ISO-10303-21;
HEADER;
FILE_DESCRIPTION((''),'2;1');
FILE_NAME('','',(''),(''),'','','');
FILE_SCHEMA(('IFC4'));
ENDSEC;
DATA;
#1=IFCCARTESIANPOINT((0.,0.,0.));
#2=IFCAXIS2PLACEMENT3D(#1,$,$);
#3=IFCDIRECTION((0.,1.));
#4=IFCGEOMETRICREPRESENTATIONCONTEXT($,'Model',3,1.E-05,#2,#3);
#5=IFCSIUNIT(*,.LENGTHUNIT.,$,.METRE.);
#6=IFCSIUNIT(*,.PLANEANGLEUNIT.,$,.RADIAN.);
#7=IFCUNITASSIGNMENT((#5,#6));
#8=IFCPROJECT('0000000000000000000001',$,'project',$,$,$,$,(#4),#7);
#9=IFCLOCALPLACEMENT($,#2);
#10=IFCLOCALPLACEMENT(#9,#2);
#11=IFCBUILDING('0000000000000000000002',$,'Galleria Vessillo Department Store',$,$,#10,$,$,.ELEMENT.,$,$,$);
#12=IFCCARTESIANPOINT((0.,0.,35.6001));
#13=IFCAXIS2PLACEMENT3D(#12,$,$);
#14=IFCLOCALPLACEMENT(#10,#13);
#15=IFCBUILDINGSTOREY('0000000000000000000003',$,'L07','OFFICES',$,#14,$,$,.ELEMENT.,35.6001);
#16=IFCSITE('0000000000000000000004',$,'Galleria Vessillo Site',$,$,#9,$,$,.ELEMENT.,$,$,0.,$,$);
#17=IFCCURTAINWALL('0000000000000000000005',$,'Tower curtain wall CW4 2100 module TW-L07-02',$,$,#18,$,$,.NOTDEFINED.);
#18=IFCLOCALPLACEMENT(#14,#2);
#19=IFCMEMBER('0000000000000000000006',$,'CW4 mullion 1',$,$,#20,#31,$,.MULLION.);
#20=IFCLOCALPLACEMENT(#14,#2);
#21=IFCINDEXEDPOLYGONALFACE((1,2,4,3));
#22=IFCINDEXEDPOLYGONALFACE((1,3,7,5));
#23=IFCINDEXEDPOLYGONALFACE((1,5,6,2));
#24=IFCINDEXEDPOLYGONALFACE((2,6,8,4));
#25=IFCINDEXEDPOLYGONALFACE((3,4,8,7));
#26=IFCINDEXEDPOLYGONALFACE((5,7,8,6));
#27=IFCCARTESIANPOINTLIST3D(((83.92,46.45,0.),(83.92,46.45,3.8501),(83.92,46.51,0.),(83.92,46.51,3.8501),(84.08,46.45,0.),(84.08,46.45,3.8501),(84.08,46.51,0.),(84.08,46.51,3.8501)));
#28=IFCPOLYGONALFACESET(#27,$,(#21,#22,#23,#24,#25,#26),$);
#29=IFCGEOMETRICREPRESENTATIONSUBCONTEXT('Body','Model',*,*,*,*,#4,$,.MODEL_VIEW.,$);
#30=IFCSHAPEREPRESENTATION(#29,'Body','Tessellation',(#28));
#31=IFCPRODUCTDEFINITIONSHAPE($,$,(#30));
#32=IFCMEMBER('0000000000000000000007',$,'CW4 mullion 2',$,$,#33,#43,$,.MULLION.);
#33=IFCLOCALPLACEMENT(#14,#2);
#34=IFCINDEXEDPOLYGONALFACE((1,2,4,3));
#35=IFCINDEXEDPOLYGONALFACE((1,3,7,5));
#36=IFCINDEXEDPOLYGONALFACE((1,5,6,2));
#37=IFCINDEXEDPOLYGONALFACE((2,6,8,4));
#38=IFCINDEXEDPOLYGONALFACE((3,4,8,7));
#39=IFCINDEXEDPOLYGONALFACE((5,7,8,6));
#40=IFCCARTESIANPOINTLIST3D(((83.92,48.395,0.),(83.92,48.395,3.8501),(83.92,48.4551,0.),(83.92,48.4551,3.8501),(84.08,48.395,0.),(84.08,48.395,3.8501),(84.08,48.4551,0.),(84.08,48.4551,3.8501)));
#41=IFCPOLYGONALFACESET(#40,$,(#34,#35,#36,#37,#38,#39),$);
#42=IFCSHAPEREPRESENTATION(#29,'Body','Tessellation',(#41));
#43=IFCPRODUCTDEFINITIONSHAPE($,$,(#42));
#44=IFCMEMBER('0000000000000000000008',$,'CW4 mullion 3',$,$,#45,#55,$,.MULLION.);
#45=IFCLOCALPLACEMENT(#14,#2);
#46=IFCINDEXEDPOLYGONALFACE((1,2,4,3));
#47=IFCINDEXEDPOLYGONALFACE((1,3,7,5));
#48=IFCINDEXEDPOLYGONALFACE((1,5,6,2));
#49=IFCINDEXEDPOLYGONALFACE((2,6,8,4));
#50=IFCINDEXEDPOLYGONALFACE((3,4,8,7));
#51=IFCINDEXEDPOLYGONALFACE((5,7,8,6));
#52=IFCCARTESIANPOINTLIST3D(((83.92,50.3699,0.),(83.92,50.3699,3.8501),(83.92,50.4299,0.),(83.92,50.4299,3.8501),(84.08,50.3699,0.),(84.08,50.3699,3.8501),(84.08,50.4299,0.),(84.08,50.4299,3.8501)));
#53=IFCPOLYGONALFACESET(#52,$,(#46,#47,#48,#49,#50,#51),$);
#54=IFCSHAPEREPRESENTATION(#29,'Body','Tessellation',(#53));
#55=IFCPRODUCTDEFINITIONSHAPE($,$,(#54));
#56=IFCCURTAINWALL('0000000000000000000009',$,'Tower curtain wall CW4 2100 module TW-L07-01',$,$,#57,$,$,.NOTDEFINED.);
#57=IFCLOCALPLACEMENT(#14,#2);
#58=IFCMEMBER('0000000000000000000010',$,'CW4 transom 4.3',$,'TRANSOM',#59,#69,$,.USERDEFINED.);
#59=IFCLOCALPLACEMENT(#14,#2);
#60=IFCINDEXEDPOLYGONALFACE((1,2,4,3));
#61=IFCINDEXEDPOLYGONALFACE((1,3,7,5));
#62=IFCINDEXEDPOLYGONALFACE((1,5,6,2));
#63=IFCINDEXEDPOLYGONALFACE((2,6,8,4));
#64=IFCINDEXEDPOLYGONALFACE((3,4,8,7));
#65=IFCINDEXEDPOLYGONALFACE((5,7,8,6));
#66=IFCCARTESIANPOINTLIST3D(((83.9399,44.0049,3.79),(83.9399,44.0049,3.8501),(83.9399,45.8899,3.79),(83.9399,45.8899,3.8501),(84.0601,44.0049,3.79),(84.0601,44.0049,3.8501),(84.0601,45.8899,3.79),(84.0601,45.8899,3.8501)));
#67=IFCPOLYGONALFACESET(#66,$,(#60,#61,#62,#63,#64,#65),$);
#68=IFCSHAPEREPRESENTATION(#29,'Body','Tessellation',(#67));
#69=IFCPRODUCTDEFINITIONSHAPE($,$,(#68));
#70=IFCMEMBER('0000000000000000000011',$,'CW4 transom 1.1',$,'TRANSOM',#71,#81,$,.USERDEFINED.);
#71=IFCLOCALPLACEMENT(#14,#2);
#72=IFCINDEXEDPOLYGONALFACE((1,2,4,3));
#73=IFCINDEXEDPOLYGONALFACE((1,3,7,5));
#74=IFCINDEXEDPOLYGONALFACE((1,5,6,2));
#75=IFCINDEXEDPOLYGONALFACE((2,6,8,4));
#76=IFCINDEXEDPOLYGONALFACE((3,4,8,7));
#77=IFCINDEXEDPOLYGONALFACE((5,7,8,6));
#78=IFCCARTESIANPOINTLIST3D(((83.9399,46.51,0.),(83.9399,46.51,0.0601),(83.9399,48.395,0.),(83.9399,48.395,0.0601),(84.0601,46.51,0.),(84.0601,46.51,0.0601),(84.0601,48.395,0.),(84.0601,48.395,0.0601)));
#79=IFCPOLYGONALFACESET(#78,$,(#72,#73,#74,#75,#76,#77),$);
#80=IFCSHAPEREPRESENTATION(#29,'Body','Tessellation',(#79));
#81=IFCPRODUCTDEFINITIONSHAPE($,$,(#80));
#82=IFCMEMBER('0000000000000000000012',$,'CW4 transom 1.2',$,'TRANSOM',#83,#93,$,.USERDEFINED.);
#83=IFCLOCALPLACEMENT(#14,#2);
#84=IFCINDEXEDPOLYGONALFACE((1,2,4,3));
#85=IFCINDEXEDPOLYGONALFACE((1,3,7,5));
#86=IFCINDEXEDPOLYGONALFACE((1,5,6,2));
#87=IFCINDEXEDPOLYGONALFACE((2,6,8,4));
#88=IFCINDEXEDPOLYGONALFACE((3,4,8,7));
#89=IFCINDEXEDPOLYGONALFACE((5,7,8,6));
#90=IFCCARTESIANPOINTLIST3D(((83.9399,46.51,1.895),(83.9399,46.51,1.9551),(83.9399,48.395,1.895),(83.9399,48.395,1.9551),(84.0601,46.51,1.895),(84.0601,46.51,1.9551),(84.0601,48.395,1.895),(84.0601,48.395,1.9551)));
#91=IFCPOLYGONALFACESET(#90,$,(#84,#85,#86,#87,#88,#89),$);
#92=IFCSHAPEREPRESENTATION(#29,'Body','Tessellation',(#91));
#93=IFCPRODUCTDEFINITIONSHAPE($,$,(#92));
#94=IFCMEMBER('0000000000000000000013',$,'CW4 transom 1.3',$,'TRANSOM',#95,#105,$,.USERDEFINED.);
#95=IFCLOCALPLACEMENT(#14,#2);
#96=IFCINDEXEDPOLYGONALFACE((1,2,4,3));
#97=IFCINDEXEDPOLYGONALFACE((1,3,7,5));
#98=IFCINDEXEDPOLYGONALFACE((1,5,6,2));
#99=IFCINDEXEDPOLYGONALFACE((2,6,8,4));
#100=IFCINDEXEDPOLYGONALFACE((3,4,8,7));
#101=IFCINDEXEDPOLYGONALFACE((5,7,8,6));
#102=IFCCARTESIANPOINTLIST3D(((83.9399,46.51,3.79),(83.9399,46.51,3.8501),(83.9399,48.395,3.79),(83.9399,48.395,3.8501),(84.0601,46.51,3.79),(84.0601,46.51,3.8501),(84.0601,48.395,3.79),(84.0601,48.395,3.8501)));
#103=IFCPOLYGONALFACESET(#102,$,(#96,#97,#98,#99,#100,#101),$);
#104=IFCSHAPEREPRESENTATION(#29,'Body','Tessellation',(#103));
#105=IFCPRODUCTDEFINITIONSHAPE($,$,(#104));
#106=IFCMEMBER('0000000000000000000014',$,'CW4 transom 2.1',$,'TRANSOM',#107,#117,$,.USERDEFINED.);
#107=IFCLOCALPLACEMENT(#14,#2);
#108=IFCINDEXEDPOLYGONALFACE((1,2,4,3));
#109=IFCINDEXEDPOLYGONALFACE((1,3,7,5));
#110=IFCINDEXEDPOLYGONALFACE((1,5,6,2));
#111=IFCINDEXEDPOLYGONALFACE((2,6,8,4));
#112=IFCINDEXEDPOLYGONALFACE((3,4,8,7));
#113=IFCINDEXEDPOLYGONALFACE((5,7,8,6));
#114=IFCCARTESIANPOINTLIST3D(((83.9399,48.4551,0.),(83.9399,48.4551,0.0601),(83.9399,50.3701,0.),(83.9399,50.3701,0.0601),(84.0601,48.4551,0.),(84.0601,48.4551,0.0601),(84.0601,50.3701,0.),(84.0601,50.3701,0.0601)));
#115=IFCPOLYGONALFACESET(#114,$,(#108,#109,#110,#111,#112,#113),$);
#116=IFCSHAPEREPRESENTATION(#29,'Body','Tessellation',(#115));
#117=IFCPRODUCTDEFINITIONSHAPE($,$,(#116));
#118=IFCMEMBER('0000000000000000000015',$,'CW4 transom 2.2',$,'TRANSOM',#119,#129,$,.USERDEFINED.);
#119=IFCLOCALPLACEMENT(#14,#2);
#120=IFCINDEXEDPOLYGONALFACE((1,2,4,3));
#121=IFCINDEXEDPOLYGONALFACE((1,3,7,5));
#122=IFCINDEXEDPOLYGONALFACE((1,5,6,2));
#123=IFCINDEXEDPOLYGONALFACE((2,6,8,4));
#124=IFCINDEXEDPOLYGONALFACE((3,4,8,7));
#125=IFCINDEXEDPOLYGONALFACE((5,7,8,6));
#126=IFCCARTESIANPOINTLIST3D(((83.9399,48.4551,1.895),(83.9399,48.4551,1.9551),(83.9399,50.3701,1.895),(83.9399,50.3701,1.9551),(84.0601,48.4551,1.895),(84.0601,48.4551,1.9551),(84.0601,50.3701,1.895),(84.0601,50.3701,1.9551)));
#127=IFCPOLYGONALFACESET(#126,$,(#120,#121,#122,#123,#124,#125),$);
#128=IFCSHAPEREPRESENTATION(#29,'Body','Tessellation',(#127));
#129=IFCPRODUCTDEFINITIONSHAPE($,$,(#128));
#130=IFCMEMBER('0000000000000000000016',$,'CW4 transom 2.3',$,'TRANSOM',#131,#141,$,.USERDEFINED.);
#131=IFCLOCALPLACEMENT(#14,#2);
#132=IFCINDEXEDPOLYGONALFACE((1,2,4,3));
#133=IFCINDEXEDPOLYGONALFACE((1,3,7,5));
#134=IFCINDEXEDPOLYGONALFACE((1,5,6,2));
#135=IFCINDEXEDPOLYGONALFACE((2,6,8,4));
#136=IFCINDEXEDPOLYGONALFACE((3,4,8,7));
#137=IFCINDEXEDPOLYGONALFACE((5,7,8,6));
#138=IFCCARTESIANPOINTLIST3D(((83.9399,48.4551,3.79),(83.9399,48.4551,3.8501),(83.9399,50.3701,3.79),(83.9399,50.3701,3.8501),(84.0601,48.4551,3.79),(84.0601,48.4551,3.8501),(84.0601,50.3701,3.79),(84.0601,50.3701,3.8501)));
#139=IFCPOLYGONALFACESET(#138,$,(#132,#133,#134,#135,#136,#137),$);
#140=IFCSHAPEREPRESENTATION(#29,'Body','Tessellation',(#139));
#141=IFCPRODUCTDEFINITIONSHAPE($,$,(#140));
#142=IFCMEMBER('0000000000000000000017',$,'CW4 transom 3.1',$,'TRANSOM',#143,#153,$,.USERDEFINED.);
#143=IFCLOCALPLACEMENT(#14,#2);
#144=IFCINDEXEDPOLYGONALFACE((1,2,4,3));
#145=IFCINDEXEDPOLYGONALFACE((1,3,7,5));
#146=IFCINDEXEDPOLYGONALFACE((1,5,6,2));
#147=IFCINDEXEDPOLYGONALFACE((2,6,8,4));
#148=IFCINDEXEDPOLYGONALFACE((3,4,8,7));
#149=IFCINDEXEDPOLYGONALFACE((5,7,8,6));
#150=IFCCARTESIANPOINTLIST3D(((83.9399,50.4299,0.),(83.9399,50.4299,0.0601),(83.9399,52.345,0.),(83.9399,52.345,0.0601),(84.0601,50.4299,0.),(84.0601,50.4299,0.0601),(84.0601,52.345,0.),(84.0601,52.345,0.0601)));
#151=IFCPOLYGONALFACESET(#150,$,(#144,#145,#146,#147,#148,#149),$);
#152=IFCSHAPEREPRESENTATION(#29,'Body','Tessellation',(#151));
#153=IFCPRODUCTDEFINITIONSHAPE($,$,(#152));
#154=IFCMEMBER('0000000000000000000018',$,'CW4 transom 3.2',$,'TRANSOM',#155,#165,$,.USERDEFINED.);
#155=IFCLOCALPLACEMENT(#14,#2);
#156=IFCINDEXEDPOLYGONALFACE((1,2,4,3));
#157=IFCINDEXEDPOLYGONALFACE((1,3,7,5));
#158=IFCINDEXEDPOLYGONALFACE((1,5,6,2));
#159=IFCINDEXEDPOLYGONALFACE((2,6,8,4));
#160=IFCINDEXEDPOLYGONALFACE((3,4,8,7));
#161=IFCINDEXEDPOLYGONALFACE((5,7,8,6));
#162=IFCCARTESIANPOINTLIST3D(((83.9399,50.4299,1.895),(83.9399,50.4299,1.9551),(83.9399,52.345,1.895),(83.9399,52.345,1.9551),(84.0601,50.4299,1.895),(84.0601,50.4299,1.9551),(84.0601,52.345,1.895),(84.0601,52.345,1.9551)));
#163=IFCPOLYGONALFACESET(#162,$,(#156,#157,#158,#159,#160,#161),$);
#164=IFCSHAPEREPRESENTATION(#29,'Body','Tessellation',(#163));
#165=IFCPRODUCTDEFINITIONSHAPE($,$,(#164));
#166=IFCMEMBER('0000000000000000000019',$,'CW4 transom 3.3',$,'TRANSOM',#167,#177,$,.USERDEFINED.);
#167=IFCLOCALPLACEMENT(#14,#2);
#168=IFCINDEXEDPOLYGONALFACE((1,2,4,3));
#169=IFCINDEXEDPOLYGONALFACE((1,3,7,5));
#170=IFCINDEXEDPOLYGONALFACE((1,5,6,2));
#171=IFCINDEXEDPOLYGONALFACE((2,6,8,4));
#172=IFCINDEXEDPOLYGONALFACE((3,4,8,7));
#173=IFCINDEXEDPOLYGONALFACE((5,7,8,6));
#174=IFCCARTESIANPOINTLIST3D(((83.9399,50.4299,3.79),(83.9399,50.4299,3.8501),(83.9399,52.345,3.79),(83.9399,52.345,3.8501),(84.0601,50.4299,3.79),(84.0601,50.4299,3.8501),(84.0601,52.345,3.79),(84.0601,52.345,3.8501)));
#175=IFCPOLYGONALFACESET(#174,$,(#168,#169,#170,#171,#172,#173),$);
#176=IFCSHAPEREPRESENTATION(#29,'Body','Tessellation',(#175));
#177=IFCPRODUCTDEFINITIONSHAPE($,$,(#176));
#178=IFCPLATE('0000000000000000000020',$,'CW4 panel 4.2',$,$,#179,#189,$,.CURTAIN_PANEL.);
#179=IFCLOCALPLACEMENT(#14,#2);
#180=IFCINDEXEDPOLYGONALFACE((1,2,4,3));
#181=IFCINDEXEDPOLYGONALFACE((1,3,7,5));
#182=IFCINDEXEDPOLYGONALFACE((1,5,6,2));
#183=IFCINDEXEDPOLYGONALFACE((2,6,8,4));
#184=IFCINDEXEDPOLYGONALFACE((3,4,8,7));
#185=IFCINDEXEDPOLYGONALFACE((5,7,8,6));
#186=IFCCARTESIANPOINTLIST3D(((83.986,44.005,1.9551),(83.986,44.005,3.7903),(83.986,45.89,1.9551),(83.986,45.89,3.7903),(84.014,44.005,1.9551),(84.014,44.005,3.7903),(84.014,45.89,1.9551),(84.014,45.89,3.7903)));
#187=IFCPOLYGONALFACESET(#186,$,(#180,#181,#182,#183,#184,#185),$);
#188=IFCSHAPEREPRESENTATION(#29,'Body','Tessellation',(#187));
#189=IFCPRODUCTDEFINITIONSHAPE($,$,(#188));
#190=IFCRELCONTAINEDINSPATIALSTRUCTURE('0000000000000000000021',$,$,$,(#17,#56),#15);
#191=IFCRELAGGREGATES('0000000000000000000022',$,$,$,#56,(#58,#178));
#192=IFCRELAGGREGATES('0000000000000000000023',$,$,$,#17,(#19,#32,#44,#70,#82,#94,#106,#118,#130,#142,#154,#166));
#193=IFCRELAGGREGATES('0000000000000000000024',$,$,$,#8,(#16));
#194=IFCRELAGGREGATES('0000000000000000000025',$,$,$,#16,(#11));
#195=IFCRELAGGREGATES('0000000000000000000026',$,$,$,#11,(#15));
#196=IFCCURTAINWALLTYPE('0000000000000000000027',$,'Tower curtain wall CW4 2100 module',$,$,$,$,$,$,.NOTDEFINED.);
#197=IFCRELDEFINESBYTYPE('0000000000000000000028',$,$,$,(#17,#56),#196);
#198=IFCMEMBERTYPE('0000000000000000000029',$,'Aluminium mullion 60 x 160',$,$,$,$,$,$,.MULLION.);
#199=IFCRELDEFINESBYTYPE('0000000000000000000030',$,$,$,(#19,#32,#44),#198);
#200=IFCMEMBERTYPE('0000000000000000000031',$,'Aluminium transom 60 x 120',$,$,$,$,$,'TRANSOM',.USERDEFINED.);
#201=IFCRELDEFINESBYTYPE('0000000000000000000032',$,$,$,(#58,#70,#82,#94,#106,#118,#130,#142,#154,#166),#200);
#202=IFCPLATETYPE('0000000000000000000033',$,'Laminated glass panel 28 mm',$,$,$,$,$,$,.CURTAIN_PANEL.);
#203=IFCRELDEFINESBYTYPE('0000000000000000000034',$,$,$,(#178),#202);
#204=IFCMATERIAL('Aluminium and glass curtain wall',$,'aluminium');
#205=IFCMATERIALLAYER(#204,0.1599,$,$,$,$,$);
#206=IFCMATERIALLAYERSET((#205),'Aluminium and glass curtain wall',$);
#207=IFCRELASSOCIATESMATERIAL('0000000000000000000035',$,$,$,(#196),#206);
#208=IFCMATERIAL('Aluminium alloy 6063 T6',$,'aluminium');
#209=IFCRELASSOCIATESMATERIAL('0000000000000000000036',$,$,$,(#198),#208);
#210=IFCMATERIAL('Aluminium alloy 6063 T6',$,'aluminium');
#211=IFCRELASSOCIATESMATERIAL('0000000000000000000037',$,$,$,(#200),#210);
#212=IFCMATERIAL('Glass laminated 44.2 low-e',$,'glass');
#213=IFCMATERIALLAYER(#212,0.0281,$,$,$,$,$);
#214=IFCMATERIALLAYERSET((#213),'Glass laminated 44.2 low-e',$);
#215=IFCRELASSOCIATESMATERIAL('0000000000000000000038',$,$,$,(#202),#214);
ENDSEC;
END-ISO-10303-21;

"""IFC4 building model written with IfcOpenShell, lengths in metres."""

from ifc_helpers import new_model, si_unit, direction, frame, origin, origin_2d, place, context, subcontext, project, spatial, rectangle, extrude, material, layer, layer_set, material_profile, profile_set, type_object, element, aggregate, save


model = new_model("IFC4")

# Units and contexts
model_context = context("Model", 3, precision=1e-05, world=origin(), true_north=direction((0.0, 1.0)))
body_context = subcontext(model_context, "Body", "Model", "MODEL_VIEW")
ifc_project = project(units=[si_unit("LENGTHUNIT", "METRE"), si_unit("PLANEANGLEUNIT", "RADIAN")], contexts=[model_context])

# Site, building, storey
site_placement = place(None, origin())
site = spatial("IfcSite", under=ifc_project, at=site_placement, Name="Galleria Vessillo Site", CompositionType="ELEMENT", RefElevation=0.0)
building_placement = place(site_placement, origin())
building = spatial("IfcBuilding", under=site, at=building_placement, Name="Galleria Vessillo Department Store", CompositionType="ELEMENT")
storey_placement = place(building_placement, frame((0.0, 0.0, 35.6001)))
storey = spatial("IfcBuildingStorey", under=building, at=storey_placement, Name="L07", Description="OFFICES", CompositionType="ELEMENT", Elevation=35.6001)

# Curtain wall, members
ifc_material_1 = material(Name="Aluminium and glass curtain wall", Category="aluminium")
ifc_layer_1 = layer(ifc_material_1, 0.1599)
ifc_layer_set_1 = layer_set([ifc_layer_1], Name="Aluminium and glass curtain wall")
curtain_wall_type = type_object("IfcCurtainWallType", Name="Tower curtain wall CW4 2100 module", PredefinedType="NOTDEFINED", material=ifc_layer_set_1)
curtain_wall_1_placement = place(storey_placement, origin())
curtain_wall_1 = element("IfcCurtainWall", 1, at=curtain_wall_1_placement, inside=storey, type_object=curtain_wall_type, Name="Tower curtain wall CW4 2100 module TW-L07-02", PredefinedType="NOTDEFINED")
ifc_material_2 = material(Name="Aluminium alloy 6063 T6", Category="aluminium")
ifc_material_profile_1 = material_profile(ifc_material_2, rectangle(XDim=0.1599, YDim=0.0601, at=origin_2d()), Name="AL 60x160")
ifc_profile_set_1 = profile_set([ifc_material_profile_1], Name="Aluminium alloy 6063 T6")
member_type_1 = type_object("IfcMemberType", Name="Aluminium mullion 60 x 160", PredefinedType="MULLION", material=ifc_profile_set_1)
member_1_placement = place(storey_placement, frame((84.0, 46.48, 0.0), z_axis=(0.0, 0.0, 1.0), x_axis=(-1.0, 0.0, 0.0)))
member_1 = element("IfcMember", 2, at=member_1_placement, type_object=member_type_1, Name="CW4 mullion 1", PredefinedType="MULLION", context=body_context, shape_type="SweptSolid", body=[
    extrude(rectangle(XDim=0.1599, YDim=0.0601, at=origin_2d()), origin(), (0.0, 0.0, 1.0), 3.8501),
])
member_2_placement = place(storey_placement, frame((84.0, 48.425, 0.0), z_axis=(0.0, 0.0, 1.0), x_axis=(-1.0, 0.0, 0.0)))
member_2 = element("IfcMember", 3, at=member_2_placement, type_object=member_type_1, Name="CW4 mullion 2", PredefinedType="MULLION", context=body_context, shape_type="SweptSolid", body=[
    extrude(rectangle(XDim=0.1599, YDim=0.0601, at=origin_2d()), origin(), (0.0, 0.0, 1.0), 3.8501),
])
member_3_placement = place(storey_placement, frame((84.0, 50.3999, 0.0), z_axis=(0.0, 0.0, 1.0), x_axis=(-1.0, 0.0, 0.0)))
member_3 = element("IfcMember", 4, at=member_3_placement, type_object=member_type_1, Name="CW4 mullion 3", PredefinedType="MULLION", context=body_context, shape_type="SweptSolid", body=[
    extrude(rectangle(XDim=0.1599, YDim=0.0601, at=origin_2d()), origin(), (0.0, 0.0, 1.0), 3.8501),
])

# Curtain wall, member
curtain_wall_2_placement = place(storey_placement, origin())
curtain_wall_2 = element("IfcCurtainWall", 5, at=curtain_wall_2_placement, inside=storey, type_object=curtain_wall_type, Name="Tower curtain wall CW4 2100 module TW-L07-01", PredefinedType="NOTDEFINED")
ifc_material_3 = material(Name="Aluminium alloy 6063 T6", Category="aluminium")
ifc_material_profile_2 = material_profile(ifc_material_3, rectangle(XDim=0.1201, YDim=0.0601, at=origin_2d()), Name="AL 60x120")
ifc_profile_set_2 = profile_set([ifc_material_profile_2], Name="Aluminium alloy 6063 T6")
member_type_2 = type_object("IfcMemberType", Name="Aluminium transom 60 x 120", ElementType="TRANSOM", PredefinedType="USERDEFINED", material=ifc_profile_set_2)
member_4_placement = place(storey_placement, frame((84.0, 44.0049, 3.8201), z_axis=(0.0, 1.0, 0.0), x_axis=(-1.0, 0.0, 0.0)))
member_4 = element("IfcMember", 6, at=member_4_placement, type_object=member_type_2, Name="CW4 transom 4.3", ObjectType="TRANSOM", PredefinedType="USERDEFINED", context=body_context, shape_type="SweptSolid", body=[
    extrude(rectangle(XDim=0.1201, YDim=0.0601, at=origin_2d()), origin(), (0.0, 0.0, 1.0), 1.885),
])

# Members
member_5_placement = place(storey_placement, frame((84.0, 46.51, 0.03), z_axis=(0.0, 1.0, 0.0), x_axis=(-1.0, 0.0, 0.0)))
member_5 = element("IfcMember", 7, at=member_5_placement, type_object=member_type_2, Name="CW4 transom 1.1", ObjectType="TRANSOM", PredefinedType="USERDEFINED", context=body_context, shape_type="SweptSolid", body=[
    extrude(rectangle(XDim=0.1201, YDim=0.0601, at=origin_2d()), origin(), (0.0, 0.0, 1.0), 1.885),
])
member_6_placement = place(storey_placement, frame((84.0, 46.51, 1.925), z_axis=(0.0, 1.0, 0.0), x_axis=(-1.0, 0.0, 0.0)))
member_6 = element("IfcMember", 8, at=member_6_placement, type_object=member_type_2, Name="CW4 transom 1.2", ObjectType="TRANSOM", PredefinedType="USERDEFINED", context=body_context, shape_type="SweptSolid", body=[
    extrude(rectangle(XDim=0.1201, YDim=0.0601, at=origin_2d()), origin(), (0.0, 0.0, 1.0), 1.885),
])
member_7_placement = place(storey_placement, frame((84.0, 46.51, 3.8201), z_axis=(0.0, 1.0, 0.0), x_axis=(-1.0, 0.0, 0.0)))
member_7 = element("IfcMember", 9, at=member_7_placement, type_object=member_type_2, Name="CW4 transom 1.3", ObjectType="TRANSOM", PredefinedType="USERDEFINED", context=body_context, shape_type="SweptSolid", body=[
    extrude(rectangle(XDim=0.1201, YDim=0.0601, at=origin_2d()), origin(), (0.0, 0.0, 1.0), 1.885),
])
member_8_placement = place(storey_placement, frame((84.0, 48.4551, 0.03), z_axis=(0.0, 1.0, 0.0), x_axis=(-1.0, 0.0, 0.0)))
member_8 = element("IfcMember", 10, at=member_8_placement, type_object=member_type_2, Name="CW4 transom 2.1", ObjectType="TRANSOM", PredefinedType="USERDEFINED", context=body_context, shape_type="SweptSolid", body=[
    extrude(rectangle(XDim=0.1201, YDim=0.0601, at=origin_2d()), origin(), (0.0, 0.0, 1.0), 1.915),
])
member_9_placement = place(storey_placement, frame((84.0, 48.4551, 1.925), z_axis=(0.0, 1.0, 0.0), x_axis=(-1.0, 0.0, 0.0)))
member_9 = element("IfcMember", 11, at=member_9_placement, type_object=member_type_2, Name="CW4 transom 2.2", ObjectType="TRANSOM", PredefinedType="USERDEFINED", context=body_context, shape_type="SweptSolid", body=[
    extrude(rectangle(XDim=0.1201, YDim=0.0601, at=origin_2d()), origin(), (0.0, 0.0, 1.0), 1.915),
])
member_10_placement = place(storey_placement, frame((84.0, 48.4551, 3.8201), z_axis=(0.0, 1.0, 0.0), x_axis=(-1.0, 0.0, 0.0)))
member_10 = element("IfcMember", 12, at=member_10_placement, type_object=member_type_2, Name="CW4 transom 2.3", ObjectType="TRANSOM", PredefinedType="USERDEFINED", context=body_context, shape_type="SweptSolid", body=[
    extrude(rectangle(XDim=0.1201, YDim=0.0601, at=origin_2d()), origin(), (0.0, 0.0, 1.0), 1.915),
])
member_11_placement = place(storey_placement, frame((84.0, 50.4299, 0.03), z_axis=(0.0, 1.0, 0.0), x_axis=(-1.0, 0.0, 0.0)))
member_11 = element("IfcMember", 13, at=member_11_placement, type_object=member_type_2, Name="CW4 transom 3.1", ObjectType="TRANSOM", PredefinedType="USERDEFINED", context=body_context, shape_type="SweptSolid", body=[
    extrude(rectangle(XDim=0.1201, YDim=0.0601, at=origin_2d()), origin(), (0.0, 0.0, 1.0), 1.915),
])
member_12_placement = place(storey_placement, frame((84.0, 50.4299, 1.925), z_axis=(0.0, 1.0, 0.0), x_axis=(-1.0, 0.0, 0.0)))
member_12 = element("IfcMember", 14, at=member_12_placement, type_object=member_type_2, Name="CW4 transom 3.2", ObjectType="TRANSOM", PredefinedType="USERDEFINED", context=body_context, shape_type="SweptSolid", body=[
    extrude(rectangle(XDim=0.1201, YDim=0.0601, at=origin_2d()), origin(), (0.0, 0.0, 1.0), 1.915),
])
member_13_placement = place(storey_placement, frame((84.0, 50.4299, 3.8201), z_axis=(0.0, 1.0, 0.0), x_axis=(-1.0, 0.0, 0.0)))
member_13 = element("IfcMember", 15, at=member_13_placement, type_object=member_type_2, Name="CW4 transom 3.3", ObjectType="TRANSOM", PredefinedType="USERDEFINED", context=body_context, shape_type="SweptSolid", body=[
    extrude(rectangle(XDim=0.1201, YDim=0.0601, at=origin_2d()), origin(), (0.0, 0.0, 1.0), 1.915),
])

# Plate
ifc_material_4 = material(Name="Glass laminated 44.2 low-e", Category="glass")
ifc_layer_2 = layer(ifc_material_4, 0.0281)
ifc_layer_set_2 = layer_set([ifc_layer_2], Name="Glass laminated 44.2 low-e")
plate_type_1 = type_object("IfcPlateType", Name="Laminated glass panel 28 mm", PredefinedType="CURTAIN_PANEL", material=ifc_layer_set_2)
plate_1_placement = place(storey_placement, frame((84.0, 44.9475, 1.9551), z_axis=(0.0, 0.0, 1.0), x_axis=(0.0, 1.0, 0.0)))
plate_1 = element("IfcPlate", 16, at=plate_1_placement, type_object=plate_type_1, Name="CW4 panel 4.2", PredefinedType="CURTAIN_PANEL", context=body_context, shape_type="SweptSolid", body=[
    extrude(rectangle(XDim=1.885, YDim=0.0281, at=origin_2d()), origin(), (0.0, 0.0, 1.0), 1.8352),
])
aggregate(curtain_wall_2, [member_4, plate_1])
aggregate(curtain_wall_1, [member_1, member_2, member_3, member_5, member_6, member_7, member_8, member_9, member_10, member_11, member_12, member_13])

save(model, "model.ifc")
